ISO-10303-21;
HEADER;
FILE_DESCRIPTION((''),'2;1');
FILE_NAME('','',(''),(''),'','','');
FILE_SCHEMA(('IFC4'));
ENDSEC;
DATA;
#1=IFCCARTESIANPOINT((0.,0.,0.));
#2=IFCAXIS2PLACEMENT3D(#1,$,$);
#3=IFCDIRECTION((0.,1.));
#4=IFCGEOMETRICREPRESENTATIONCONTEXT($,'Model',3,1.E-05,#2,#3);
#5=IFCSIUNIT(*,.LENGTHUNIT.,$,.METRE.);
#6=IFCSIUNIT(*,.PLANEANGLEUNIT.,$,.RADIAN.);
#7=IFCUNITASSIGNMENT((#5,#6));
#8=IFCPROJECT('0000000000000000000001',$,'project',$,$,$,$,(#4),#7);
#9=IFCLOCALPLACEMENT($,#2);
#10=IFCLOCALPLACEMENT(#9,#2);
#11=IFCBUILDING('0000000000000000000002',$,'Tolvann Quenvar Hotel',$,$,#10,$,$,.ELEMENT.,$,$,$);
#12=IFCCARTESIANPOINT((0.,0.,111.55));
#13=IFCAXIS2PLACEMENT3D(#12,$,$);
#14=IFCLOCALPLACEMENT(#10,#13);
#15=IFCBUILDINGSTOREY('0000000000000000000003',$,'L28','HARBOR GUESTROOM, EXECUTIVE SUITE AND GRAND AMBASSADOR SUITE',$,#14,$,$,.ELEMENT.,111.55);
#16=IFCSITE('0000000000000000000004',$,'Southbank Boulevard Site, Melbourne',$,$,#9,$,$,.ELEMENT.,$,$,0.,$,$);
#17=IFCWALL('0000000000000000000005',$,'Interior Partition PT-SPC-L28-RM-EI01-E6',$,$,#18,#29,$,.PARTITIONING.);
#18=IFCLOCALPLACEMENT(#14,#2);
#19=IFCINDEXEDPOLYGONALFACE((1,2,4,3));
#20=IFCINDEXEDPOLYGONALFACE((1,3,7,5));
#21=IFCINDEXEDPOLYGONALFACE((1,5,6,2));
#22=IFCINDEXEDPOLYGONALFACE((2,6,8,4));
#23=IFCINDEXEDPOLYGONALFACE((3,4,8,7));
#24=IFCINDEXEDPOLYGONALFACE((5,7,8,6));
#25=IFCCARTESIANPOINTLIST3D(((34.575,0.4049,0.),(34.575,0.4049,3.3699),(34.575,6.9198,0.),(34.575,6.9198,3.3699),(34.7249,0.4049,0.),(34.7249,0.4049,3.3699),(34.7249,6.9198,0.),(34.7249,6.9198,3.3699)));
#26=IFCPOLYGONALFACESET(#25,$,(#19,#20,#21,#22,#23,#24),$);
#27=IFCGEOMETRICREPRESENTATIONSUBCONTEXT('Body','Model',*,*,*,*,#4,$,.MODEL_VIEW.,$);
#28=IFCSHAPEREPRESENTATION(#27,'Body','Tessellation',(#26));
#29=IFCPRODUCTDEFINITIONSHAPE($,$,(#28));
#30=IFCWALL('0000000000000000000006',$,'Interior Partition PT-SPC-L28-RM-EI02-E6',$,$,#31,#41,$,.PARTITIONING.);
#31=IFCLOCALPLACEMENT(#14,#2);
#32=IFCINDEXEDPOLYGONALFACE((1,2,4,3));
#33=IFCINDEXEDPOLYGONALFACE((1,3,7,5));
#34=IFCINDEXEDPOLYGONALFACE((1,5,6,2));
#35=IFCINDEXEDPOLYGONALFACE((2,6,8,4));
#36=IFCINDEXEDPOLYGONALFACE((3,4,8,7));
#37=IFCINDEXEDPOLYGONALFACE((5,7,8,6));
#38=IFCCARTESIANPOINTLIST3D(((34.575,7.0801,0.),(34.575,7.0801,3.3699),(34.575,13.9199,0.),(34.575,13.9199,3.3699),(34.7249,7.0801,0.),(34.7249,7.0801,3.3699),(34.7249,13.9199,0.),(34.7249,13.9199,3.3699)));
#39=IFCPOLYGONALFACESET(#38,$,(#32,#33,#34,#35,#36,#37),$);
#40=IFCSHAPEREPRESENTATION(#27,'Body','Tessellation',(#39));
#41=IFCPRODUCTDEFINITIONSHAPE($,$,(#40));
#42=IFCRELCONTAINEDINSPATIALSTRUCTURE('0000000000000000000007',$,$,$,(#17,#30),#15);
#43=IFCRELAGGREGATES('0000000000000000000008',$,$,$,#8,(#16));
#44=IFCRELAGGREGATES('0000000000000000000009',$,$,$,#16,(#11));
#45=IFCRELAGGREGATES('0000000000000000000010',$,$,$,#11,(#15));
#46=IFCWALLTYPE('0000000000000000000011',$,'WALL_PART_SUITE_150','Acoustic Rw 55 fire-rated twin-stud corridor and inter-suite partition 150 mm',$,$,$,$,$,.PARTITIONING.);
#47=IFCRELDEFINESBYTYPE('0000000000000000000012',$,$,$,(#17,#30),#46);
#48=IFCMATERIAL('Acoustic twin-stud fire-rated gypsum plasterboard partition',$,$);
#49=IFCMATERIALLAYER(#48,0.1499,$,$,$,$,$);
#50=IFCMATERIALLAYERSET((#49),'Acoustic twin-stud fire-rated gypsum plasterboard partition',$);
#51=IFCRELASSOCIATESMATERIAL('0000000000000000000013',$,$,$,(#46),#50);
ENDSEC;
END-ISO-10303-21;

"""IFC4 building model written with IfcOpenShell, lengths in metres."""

from ifc_helpers import new_model, si_unit, direction, frame, frame_2d, origin, place, context, subcontext, project, spatial, rectangle, extrude, material, layer, layer_set, type_object, element, save


model = new_model("IFC4")

# Units and contexts
model_context = context("Model", 3, precision=1e-05, world=origin(), true_north=direction((0.0, 1.0)))
body_context = subcontext(model_context, "Body", "Model", "MODEL_VIEW")
ifc_project = project(units=[si_unit("LENGTHUNIT", "METRE"), si_unit("PLANEANGLEUNIT", "RADIAN")], contexts=[model_context])

# Site, building, storey
site_placement = place(None, origin())
site = spatial("IfcSite", under=ifc_project, at=site_placement, Name="Southbank Boulevard Site, Melbourne", CompositionType="ELEMENT", RefElevation=0.0)
building_placement = place(site_placement, origin())
building = spatial("IfcBuilding", under=site, at=building_placement, Name="Tolvann Quenvar Hotel", CompositionType="ELEMENT")
storey_placement = place(building_placement, frame((0.0, 0.0, 111.55)))
storey = spatial("IfcBuildingStorey", under=building, at=storey_placement, Name="L28", Description="HARBOR GUESTROOM, EXECUTIVE SUITE AND GRAND AMBASSADOR SUITE", CompositionType="ELEMENT", Elevation=111.55)

# Walls
ifc_material_1 = material(Name="Acoustic twin-stud fire-rated gypsum plasterboard partition")
ifc_layer_1 = layer(ifc_material_1, 0.1499)
ifc_layer_set_1 = layer_set([ifc_layer_1], Name="Acoustic twin-stud fire-rated gypsum plasterboard partition")
wall_type_1 = type_object("IfcWallType", Name="WALL_PART_SUITE_150", Description="Acoustic Rw 55 fire-rated twin-stud corridor and inter-suite partition 150 mm", PredefinedType="PARTITIONING", material=ifc_layer_set_1)
wall_1_placement = place(storey_placement, frame((34.6499, 0.405, 0.0), z_axis=(0.0, 0.0, 1.0), x_axis=(0.0, 1.0, 0.0)))
element("IfcWall", 1, at=wall_1_placement, inside=storey, type_object=wall_type_1, Name="Interior Partition PT-SPC-L28-RM-EI01-E6", PredefinedType="PARTITIONING", context=body_context, shape_type="SweptSolid", body=[
    extrude(rectangle(XDim=6.5149, YDim=0.1499, at=frame_2d((3.2573, 0.0))), origin(), (0.0, 0.0, 1.0), 3.3699),
])
wall_2_placement = place(storey_placement, frame((34.6499, 7.0801, 0.0), z_axis=(0.0, 0.0, 1.0), x_axis=(0.0, 1.0, 0.0)))
element("IfcWall", 2, at=wall_2_placement, inside=storey, type_object=wall_type_1, Name="Interior Partition PT-SPC-L28-RM-EI02-E6", PredefinedType="PARTITIONING", context=body_context, shape_type="SweptSolid", body=[
    extrude(rectangle(XDim=6.8398, YDim=0.1499, at=frame_2d((3.4199, 0.0))), origin(), (0.0, 0.0, 1.0), 3.3699),
])

save(model, "model.ifc")
